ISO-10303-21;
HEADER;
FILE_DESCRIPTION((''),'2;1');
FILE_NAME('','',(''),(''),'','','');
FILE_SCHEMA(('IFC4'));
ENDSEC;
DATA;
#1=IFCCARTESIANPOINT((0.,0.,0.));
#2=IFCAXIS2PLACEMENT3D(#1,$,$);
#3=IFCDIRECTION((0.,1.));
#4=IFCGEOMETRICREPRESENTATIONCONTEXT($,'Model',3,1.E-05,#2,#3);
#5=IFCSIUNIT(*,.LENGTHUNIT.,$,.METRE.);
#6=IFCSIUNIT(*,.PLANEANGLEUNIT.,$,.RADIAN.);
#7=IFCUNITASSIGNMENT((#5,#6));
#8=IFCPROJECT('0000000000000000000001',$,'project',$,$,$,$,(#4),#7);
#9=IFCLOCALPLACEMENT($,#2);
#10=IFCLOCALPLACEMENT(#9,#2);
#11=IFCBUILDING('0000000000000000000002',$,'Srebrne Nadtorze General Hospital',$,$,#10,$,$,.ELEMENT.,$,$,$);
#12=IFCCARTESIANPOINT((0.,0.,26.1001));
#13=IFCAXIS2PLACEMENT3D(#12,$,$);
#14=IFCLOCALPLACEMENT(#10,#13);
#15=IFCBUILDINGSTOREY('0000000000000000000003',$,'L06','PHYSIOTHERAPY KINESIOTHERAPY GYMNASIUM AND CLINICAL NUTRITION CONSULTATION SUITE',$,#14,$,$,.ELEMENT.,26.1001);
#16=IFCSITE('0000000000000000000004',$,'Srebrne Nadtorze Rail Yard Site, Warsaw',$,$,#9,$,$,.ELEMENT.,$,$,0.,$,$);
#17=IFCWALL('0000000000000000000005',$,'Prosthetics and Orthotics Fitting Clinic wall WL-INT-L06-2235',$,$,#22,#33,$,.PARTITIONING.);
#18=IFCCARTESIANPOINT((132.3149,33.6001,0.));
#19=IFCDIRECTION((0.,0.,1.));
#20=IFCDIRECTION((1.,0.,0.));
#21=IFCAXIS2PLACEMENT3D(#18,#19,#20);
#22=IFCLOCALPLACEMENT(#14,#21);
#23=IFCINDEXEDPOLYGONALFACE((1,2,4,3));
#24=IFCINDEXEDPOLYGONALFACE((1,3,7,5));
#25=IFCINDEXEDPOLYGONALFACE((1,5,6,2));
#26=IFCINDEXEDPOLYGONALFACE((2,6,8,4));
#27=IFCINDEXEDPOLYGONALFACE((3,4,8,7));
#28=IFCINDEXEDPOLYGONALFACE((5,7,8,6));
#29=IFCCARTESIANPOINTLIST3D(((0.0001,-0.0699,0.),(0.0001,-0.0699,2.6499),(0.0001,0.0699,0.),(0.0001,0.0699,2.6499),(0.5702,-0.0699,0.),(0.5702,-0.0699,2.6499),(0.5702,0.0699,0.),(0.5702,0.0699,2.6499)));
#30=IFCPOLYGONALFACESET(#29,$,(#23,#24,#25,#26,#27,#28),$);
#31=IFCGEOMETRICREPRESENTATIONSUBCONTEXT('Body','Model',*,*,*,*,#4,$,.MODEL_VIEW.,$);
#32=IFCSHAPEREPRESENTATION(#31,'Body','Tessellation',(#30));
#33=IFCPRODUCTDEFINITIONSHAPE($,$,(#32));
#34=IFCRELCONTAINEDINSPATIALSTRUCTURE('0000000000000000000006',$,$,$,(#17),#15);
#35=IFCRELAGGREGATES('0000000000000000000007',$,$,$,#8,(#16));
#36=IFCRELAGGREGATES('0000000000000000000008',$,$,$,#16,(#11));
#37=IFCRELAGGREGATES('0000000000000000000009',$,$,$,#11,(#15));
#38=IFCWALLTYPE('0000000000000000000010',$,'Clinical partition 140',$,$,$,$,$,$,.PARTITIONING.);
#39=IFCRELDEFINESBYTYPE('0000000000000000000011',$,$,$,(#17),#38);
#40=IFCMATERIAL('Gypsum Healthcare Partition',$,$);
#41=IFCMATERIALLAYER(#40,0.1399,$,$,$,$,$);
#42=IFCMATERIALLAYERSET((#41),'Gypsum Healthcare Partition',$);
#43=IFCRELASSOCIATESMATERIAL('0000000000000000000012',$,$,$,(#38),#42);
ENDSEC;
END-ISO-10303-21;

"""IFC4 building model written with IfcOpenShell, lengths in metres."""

from ifc_helpers import new_model, si_unit, direction, frame, frame_2d, origin, place, context, subcontext, project, spatial, rectangle, extrude, material, layer, layer_set, type_object, element, save


model = new_model("IFC4")

# Units and contexts
model_context = context("Model", 3, precision=1e-05, world=origin(), true_north=direction((0.0, 1.0)))
body_context = subcontext(model_context, "Body", "Model", "MODEL_VIEW")
ifc_project = project(units=[si_unit("LENGTHUNIT", "METRE"), si_unit("PLANEANGLEUNIT", "RADIAN")], contexts=[model_context])

# Site, building, storey
site_placement = place(None, origin())
site = spatial("IfcSite", under=ifc_project, at=site_placement, Name="Srebrne Nadtorze Rail Yard Site, Warsaw", CompositionType="ELEMENT", RefElevation=0.0)
building_placement = place(site_placement, origin())
building = spatial("IfcBuilding", under=site, at=building_placement, Name="Srebrne Nadtorze General Hospital", CompositionType="ELEMENT")
storey_placement = place(building_placement, frame((0.0, 0.0, 26.1001)))
storey = spatial("IfcBuildingStorey", under=building, at=storey_placement, Name="L06", Description="PHYSIOTHERAPY KINESIOTHERAPY GYMNASIUM AND CLINICAL NUTRITION CONSULTATION SUITE", CompositionType="ELEMENT", Elevation=26.1001)

# Wall
ifc_material_1 = material(Name="Gypsum Healthcare Partition")
ifc_layer_1 = layer(ifc_material_1, 0.1399)
ifc_layer_set_1 = layer_set([ifc_layer_1], Name="Gypsum Healthcare Partition")
wall_type_1 = type_object("IfcWallType", Name="Clinical partition 140", PredefinedType="PARTITIONING", material=ifc_layer_set_1)
wall_1_placement = place(storey_placement, frame((132.3149, 33.6001, 0.0), z_axis=(0.0, 0.0, 1.0), x_axis=(1.0, 0.0, 0.0)))
element("IfcWall", 1, at=wall_1_placement, inside=storey, type_object=wall_type_1, Name="Prosthetics and Orthotics Fitting Clinic wall WL-INT-L06-2235", PredefinedType="PARTITIONING", context=body_context, shape_type="SweptSolid", body=[
    extrude(rectangle(XDim=0.5701, YDim=0.1399, at=frame_2d((0.2852, 0.0))), origin(), (0.0, 0.0, 1.0), 2.6499),
])

save(model, "model.ifc")
